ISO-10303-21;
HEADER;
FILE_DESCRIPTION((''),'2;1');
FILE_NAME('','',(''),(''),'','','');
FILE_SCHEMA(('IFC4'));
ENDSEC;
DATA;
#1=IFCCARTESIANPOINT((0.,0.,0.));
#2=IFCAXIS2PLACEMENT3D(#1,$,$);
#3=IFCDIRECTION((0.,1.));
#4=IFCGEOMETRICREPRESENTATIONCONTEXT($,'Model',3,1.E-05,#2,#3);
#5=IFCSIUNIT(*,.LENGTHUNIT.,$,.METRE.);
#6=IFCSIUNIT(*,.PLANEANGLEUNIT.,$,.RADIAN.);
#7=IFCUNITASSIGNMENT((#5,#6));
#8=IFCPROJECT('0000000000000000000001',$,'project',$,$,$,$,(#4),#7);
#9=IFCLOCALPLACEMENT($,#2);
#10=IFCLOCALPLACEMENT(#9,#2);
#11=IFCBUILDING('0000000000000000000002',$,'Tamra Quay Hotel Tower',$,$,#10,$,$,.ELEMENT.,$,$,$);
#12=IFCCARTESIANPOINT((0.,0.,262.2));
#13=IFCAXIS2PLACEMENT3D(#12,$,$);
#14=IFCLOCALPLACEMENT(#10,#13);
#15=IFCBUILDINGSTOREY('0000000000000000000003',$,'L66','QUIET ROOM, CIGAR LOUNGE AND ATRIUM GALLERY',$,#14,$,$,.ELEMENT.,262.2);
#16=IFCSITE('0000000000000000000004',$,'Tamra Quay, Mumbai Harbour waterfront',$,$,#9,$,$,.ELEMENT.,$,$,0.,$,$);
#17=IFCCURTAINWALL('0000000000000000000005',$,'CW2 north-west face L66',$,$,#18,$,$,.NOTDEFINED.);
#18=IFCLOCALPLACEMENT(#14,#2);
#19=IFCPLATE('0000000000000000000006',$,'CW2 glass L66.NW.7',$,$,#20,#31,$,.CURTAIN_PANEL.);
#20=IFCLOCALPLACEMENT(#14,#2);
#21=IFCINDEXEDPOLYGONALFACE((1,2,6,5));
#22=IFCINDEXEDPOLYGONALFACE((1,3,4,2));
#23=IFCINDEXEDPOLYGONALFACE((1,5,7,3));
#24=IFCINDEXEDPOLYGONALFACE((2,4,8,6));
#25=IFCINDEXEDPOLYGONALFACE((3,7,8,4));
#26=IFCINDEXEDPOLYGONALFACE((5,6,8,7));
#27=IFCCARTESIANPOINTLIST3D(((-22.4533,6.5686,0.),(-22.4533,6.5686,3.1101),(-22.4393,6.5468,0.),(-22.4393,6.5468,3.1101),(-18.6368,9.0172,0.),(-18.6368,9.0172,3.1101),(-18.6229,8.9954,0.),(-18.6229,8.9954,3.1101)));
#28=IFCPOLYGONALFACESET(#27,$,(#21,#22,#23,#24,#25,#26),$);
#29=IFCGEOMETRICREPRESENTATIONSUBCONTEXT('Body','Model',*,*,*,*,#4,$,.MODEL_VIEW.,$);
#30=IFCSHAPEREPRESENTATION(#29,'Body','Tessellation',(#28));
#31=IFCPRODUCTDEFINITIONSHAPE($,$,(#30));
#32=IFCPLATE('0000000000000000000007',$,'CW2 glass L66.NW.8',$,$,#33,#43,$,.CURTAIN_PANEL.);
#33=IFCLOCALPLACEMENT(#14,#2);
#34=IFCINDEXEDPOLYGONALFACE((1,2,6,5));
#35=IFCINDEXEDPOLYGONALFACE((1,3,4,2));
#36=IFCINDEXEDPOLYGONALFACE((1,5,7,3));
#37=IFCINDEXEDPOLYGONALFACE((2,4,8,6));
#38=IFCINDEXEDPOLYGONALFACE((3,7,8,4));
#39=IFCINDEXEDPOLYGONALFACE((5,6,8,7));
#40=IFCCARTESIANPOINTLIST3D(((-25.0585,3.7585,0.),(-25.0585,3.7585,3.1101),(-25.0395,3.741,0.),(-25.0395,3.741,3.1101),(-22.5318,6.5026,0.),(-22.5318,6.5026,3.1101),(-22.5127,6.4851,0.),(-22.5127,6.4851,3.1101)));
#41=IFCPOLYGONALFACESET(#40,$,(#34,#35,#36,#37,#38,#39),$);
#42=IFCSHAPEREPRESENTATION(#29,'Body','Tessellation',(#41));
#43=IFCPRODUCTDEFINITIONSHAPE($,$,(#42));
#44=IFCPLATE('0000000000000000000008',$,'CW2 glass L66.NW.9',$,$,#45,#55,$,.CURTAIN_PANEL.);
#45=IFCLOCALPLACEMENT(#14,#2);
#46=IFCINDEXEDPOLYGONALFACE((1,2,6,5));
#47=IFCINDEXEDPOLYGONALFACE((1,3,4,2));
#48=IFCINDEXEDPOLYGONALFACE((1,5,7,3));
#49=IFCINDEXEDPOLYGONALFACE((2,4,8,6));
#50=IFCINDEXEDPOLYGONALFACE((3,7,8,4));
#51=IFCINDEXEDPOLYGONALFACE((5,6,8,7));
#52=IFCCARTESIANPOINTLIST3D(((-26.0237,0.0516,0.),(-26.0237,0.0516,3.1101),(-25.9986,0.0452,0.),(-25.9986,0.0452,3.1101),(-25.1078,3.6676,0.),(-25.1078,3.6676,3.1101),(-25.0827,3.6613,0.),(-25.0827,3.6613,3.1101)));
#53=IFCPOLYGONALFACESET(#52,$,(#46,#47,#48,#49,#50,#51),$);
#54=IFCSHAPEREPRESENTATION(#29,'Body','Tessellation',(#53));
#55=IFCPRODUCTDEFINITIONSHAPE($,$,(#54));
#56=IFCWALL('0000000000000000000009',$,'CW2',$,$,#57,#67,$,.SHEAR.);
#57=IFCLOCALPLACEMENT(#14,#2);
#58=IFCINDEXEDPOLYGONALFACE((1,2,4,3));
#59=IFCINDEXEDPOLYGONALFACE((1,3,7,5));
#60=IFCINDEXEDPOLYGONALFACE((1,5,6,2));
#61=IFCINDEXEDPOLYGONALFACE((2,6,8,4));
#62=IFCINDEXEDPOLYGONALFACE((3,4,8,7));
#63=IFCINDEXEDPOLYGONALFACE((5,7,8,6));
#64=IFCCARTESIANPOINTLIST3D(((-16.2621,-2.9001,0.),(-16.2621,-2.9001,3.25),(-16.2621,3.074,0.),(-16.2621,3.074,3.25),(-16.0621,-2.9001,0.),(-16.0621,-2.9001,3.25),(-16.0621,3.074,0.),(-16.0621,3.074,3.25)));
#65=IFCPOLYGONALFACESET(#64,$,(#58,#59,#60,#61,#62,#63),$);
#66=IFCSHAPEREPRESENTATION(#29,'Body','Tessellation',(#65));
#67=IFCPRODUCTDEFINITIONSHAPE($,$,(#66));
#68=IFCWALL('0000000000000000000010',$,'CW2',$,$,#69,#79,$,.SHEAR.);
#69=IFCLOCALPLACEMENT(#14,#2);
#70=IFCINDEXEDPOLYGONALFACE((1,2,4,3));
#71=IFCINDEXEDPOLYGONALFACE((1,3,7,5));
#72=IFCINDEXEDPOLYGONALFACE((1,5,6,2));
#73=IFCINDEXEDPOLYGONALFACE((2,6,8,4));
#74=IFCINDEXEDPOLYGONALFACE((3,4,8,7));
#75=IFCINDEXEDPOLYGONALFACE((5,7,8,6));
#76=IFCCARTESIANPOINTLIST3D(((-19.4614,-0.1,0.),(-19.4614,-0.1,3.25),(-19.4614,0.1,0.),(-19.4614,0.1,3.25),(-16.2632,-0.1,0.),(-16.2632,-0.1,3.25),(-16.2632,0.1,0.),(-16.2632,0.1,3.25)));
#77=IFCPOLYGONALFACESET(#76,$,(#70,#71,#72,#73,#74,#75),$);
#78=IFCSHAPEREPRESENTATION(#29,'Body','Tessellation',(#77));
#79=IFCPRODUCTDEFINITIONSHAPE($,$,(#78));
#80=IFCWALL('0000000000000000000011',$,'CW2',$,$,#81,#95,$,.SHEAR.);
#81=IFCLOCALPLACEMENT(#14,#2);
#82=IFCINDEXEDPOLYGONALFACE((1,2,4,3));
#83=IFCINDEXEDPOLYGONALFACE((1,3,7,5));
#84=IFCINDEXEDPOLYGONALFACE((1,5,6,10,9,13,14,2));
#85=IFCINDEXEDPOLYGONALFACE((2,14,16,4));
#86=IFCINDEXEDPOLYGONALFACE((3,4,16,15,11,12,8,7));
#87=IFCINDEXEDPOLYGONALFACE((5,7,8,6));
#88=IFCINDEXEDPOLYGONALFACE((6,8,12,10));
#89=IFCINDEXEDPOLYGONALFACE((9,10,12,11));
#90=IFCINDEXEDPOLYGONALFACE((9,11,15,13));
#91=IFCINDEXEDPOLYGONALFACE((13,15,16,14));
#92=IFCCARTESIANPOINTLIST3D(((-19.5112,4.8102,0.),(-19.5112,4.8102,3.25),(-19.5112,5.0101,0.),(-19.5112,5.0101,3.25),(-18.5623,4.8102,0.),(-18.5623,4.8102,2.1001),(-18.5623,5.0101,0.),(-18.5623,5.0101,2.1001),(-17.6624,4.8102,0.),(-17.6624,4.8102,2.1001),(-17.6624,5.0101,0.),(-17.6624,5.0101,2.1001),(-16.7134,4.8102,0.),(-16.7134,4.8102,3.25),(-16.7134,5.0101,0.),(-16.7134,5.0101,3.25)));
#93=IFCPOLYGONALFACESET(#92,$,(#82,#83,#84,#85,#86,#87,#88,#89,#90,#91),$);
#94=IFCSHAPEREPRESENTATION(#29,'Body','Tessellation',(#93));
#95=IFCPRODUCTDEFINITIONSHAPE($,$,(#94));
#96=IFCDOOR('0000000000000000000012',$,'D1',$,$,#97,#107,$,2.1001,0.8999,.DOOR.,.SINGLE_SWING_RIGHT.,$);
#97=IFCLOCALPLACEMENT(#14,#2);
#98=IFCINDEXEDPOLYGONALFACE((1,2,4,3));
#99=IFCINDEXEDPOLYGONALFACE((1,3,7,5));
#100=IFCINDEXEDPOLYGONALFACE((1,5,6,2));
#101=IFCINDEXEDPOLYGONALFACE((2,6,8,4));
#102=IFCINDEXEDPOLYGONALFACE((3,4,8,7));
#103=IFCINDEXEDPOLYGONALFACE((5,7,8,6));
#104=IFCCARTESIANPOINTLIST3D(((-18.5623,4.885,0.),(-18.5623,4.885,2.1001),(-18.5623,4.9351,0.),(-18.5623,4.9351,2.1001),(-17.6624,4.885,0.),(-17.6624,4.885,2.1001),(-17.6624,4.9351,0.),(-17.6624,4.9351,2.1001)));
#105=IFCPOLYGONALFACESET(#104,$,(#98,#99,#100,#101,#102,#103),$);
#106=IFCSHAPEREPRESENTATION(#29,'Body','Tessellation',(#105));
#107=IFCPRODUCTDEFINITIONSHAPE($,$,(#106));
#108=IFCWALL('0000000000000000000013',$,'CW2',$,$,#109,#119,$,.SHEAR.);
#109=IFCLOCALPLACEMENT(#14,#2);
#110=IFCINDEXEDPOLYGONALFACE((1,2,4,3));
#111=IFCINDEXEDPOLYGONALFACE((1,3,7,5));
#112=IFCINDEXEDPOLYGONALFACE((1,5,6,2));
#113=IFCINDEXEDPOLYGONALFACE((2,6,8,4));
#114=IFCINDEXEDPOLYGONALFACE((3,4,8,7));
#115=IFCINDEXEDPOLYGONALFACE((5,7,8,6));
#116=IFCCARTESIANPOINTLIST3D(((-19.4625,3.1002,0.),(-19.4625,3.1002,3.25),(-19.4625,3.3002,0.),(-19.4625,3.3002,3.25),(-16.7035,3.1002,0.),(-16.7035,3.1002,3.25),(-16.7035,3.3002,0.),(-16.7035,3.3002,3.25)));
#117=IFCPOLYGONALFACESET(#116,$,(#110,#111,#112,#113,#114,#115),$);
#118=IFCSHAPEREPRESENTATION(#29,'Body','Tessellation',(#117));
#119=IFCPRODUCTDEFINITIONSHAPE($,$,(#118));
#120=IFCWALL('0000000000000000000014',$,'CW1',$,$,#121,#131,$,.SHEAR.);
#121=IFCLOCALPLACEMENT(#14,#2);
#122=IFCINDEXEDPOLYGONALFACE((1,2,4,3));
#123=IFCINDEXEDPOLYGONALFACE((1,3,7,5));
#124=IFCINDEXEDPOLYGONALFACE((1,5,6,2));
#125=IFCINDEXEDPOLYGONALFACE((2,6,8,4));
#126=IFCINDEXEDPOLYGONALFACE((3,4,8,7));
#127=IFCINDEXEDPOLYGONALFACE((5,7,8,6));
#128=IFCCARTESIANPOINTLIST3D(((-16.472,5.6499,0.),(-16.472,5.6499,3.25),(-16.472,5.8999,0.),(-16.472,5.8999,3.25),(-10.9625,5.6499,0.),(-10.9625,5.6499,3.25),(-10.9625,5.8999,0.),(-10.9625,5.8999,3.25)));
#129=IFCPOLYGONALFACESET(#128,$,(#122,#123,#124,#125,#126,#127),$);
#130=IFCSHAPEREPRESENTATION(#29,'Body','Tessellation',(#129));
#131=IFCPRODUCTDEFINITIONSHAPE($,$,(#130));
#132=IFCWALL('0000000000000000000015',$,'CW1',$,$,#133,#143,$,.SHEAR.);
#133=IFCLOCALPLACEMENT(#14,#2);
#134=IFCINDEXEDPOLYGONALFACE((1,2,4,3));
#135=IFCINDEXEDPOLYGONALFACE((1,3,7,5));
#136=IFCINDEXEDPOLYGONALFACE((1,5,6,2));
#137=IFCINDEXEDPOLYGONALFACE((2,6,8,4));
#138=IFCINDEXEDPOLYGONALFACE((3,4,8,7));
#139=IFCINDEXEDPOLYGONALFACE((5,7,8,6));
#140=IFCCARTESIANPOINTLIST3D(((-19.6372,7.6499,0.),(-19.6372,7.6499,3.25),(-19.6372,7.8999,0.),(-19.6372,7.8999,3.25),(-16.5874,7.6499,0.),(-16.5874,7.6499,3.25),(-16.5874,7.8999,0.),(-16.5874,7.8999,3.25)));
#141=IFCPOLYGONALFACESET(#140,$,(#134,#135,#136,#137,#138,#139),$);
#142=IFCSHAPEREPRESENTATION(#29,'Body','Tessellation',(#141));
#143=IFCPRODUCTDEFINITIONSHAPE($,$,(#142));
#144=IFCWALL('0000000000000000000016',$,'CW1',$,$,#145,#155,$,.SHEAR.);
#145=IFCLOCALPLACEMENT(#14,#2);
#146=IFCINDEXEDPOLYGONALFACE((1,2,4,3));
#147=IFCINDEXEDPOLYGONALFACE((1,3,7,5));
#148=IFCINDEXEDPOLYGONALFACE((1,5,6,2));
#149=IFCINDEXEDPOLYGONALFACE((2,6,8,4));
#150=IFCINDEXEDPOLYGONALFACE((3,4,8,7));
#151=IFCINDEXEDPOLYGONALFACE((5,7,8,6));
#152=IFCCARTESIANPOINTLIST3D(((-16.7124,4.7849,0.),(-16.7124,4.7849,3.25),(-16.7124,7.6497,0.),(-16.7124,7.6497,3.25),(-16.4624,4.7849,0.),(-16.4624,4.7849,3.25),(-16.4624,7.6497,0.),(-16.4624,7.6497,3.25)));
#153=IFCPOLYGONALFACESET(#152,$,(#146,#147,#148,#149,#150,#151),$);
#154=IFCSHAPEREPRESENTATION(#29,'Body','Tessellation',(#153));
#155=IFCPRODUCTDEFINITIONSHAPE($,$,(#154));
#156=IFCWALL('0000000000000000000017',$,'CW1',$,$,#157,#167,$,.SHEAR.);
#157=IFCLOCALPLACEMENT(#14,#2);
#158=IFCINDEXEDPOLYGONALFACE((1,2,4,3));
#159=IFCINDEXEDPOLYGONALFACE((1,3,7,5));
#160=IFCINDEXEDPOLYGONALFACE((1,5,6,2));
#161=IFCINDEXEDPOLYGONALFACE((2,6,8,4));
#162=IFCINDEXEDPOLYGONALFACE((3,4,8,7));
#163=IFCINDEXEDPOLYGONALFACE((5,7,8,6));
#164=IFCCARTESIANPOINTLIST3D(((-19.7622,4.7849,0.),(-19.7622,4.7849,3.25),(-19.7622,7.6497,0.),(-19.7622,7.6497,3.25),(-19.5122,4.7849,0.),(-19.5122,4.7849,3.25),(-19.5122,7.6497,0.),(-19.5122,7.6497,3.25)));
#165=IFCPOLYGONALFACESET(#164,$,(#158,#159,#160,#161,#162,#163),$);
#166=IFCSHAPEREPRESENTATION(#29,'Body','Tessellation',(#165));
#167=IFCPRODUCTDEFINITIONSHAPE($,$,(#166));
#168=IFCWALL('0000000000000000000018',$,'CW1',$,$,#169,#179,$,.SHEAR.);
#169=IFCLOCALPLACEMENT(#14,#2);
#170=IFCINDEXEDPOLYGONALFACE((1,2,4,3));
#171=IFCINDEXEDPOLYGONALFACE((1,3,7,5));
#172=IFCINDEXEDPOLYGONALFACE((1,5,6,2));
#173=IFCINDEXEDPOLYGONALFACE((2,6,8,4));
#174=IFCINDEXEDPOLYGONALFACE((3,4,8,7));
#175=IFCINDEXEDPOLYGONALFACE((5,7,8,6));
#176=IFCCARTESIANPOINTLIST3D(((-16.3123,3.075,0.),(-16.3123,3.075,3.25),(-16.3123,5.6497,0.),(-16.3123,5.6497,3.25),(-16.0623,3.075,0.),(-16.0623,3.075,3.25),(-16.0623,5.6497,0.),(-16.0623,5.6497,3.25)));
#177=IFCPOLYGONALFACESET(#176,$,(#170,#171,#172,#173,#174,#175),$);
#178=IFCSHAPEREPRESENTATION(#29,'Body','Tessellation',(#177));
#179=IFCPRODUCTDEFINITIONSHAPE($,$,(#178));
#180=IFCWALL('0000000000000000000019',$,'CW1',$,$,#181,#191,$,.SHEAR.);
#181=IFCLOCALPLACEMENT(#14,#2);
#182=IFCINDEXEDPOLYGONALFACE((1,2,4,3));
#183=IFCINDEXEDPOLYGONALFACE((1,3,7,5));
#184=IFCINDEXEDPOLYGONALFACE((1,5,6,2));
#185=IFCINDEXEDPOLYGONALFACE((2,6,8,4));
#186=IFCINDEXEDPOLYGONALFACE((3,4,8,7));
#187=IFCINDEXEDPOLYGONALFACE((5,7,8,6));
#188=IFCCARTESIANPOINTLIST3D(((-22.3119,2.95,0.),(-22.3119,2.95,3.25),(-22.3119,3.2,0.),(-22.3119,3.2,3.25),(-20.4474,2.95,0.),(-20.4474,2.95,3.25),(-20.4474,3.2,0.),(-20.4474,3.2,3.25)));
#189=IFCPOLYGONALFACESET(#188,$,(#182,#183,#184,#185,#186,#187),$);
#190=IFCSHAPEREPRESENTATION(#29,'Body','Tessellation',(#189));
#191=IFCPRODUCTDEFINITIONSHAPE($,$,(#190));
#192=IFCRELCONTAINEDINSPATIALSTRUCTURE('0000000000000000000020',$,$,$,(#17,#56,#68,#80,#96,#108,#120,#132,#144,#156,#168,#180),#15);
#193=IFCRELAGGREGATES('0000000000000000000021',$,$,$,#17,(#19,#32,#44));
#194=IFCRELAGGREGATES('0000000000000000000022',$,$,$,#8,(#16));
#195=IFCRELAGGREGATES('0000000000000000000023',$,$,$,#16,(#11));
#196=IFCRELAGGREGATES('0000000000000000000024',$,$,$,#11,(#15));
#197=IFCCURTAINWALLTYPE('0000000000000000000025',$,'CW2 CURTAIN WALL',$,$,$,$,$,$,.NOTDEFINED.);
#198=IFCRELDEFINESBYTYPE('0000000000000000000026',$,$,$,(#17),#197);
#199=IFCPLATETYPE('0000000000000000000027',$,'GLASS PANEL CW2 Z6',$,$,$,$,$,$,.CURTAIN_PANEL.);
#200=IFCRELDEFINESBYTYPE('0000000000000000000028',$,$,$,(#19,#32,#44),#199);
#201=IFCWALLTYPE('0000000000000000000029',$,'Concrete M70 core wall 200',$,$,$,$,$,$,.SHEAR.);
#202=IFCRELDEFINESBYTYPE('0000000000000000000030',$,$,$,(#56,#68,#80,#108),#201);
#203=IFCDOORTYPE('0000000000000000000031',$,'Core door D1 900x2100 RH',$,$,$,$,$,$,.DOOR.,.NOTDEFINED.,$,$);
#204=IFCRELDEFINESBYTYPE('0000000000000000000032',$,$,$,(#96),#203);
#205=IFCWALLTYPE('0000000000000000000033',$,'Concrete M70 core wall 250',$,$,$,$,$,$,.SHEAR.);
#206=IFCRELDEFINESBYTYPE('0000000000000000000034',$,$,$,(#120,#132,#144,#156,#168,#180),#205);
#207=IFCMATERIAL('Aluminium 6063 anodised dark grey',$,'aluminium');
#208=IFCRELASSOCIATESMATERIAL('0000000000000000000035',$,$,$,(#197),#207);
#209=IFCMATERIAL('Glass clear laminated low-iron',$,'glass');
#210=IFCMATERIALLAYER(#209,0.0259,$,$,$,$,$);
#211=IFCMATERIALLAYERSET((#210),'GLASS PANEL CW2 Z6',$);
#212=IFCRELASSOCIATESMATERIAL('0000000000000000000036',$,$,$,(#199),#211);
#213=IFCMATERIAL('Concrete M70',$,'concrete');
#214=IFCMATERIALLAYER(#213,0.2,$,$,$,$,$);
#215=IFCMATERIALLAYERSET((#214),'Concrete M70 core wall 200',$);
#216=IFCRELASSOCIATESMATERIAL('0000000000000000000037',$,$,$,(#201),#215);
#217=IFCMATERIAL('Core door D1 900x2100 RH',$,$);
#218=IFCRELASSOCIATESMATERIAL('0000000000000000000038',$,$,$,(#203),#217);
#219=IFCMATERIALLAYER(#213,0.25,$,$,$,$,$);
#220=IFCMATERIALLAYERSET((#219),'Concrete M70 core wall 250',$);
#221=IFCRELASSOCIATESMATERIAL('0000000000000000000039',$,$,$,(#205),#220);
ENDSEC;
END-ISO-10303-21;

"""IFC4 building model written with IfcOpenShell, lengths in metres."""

from ifc_helpers import new_model, si_unit, direction, frame, frame_2d, origin, origin_2d, place, context, subcontext, project, spatial, rectangle, extrude, material, layer, layer_set, type_object, element, fill, aggregate, save


model = new_model("IFC4")

# Units and contexts
model_context = context("Model", 3, precision=1e-05, world=origin(), true_north=direction((0.0, 1.0)))
body_context = subcontext(model_context, "Body", "Model", "MODEL_VIEW")
ifc_project = project(units=[si_unit("LENGTHUNIT", "METRE"), si_unit("PLANEANGLEUNIT", "RADIAN")], contexts=[model_context])

# Site, building, storey
site_placement = place(None, origin())
site = spatial("IfcSite", under=ifc_project, at=site_placement, Name="Tamra Quay, Mumbai Harbour waterfront", CompositionType="ELEMENT", RefElevation=0.0)
building_placement = place(site_placement, origin())
building = spatial("IfcBuilding", under=site, at=building_placement, Name="Tamra Quay Hotel Tower", CompositionType="ELEMENT")
storey_placement = place(building_placement, frame((0.0, 0.0, 262.2)))
storey = spatial("IfcBuildingStorey", under=building, at=storey_placement, Name="L66", Description="QUIET ROOM, CIGAR LOUNGE AND ATRIUM GALLERY", CompositionType="ELEMENT", Elevation=262.2)

# Shared definitions
ifc_material_1 = material(Name="Concrete M70", Category="concrete")

# Curtain wall, plates
ifc_material_2 = material(Name="Aluminium 6063 anodised dark grey", Category="aluminium")
curtain_wall_type = type_object("IfcCurtainWallType", Name="CW2 CURTAIN WALL", PredefinedType="NOTDEFINED", material=ifc_material_2)
curtain_wall_placement = place(storey_placement, origin())
curtain_wall = element("IfcCurtainWall", 1, at=curtain_wall_placement, inside=storey, type_object=curtain_wall_type, Name="CW2 north-west face L66", PredefinedType="NOTDEFINED")
ifc_material_3 = material(Name="Glass clear laminated low-iron", Category="glass")
ifc_layer_1 = layer(ifc_material_3, 0.0259)
ifc_layer_set_1 = layer_set([ifc_layer_1], Name="GLASS PANEL CW2 Z6")
plate_type = type_object("IfcPlateType", Name="GLASS PANEL CW2 Z6", PredefinedType="CURTAIN_PANEL", material=ifc_layer_set_1)
plate_1_placement = place(storey_placement, frame((-20.5381, 7.782, 0.0), z_axis=(0.0, 0.0, 1.0), x_axis=(-0.841665, -0.54, 0.0)))
plate_1 = element("IfcPlate", 2, at=plate_1_placement, type_object=plate_type, Name="CW2 glass L66.NW.7", PredefinedType="CURTAIN_PANEL", context=body_context, shape_type="SweptSolid", body=[
    extrude(rectangle(XDim=4.5344, YDim=0.0259, at=origin_2d()), origin(), (0.0, 0.0, 1.0), 3.1101),
])
plate_2_placement = place(storey_placement, frame((-23.7856, 5.1218, 0.0), z_axis=(0.0, 0.0, 1.0), x_axis=(-0.677376, -0.735637, 0.0)))
plate_2 = element("IfcPlate", 3, at=plate_2_placement, type_object=plate_type, Name="CW2 glass L66.NW.8", PredefinedType="CURTAIN_PANEL", context=body_context, shape_type="SweptSolid", body=[
    extrude(rectangle(XDim=3.7302, YDim=0.0259, at=origin_2d()), origin(), (0.0, 0.0, 1.0), 3.1101),
])
plate_3_placement = place(storey_placement, frame((-25.5532, 1.8564, 0.0), z_axis=(0.0, 0.0, 1.0), x_axis=(-0.245527, -0.96939, 0.0)))
plate_3 = element("IfcPlate", 4, at=plate_3_placement, type_object=plate_type, Name="CW2 glass L66.NW.9", PredefinedType="CURTAIN_PANEL", context=body_context, shape_type="SweptSolid", body=[
    extrude(rectangle(XDim=3.7302, YDim=0.0259, at=origin_2d()), origin(), (0.0, 0.0, 1.0), 3.1101),
])
aggregate(curtain_wall, [plate_1, plate_2, plate_3])

# Walls
ifc_layer_2 = layer(ifc_material_1, 0.2)
ifc_layer_set_2 = layer_set([ifc_layer_2], Name="Concrete M70 core wall 200")
wall_type_1 = type_object("IfcWallType", Name="Concrete M70 core wall 200", PredefinedType="SHEAR", material=ifc_layer_set_2)
wall_1_placement = place(storey_placement, frame((-16.1621, 3.074, 0.0), z_axis=(0.0, 0.0, 1.0), x_axis=(0.0, -1.0, 0.0)))
element("IfcWall", 5, at=wall_1_placement, inside=storey, type_object=wall_type_1, Name="CW2", PredefinedType="SHEAR", context=body_context, shape_type="SweptSolid", body=[
    extrude(rectangle(XDim=5.9741, YDim=0.2, at=frame_2d((2.9871, 0.0))), origin(), (0.0, 0.0, 1.0), 3.25),
])
wall_2_placement = place(storey_placement, frame((-16.2632, 0.0, 0.0), z_axis=(0.0, 0.0, 1.0), x_axis=(-1.0, 0.0, 0.0)))
element("IfcWall", 6, at=wall_2_placement, inside=storey, type_object=wall_type_1, Name="CW2", PredefinedType="SHEAR", context=body_context, shape_type="SweptSolid", body=[
    extrude(rectangle(XDim=3.1982, YDim=0.2, at=frame_2d((1.5991, 0.0))), origin(), (0.0, 0.0, 1.0), 3.25),
])

# Wall, opening, door
wall_3_placement = place(storey_placement, frame((-19.5112, 4.9102, 0.0), z_axis=(0.0, 0.0, 1.0), x_axis=(1.0, 0.0, 0.0)))
wall_3 = element("IfcWall", 7, at=wall_3_placement, inside=storey, type_object=wall_type_1, Name="CW2", PredefinedType="SHEAR", context=body_context, shape_type="SweptSolid", body=[
    extrude(rectangle(XDim=2.7979, YDim=0.2, at=frame_2d((1.3989, 0.0))), origin(), (0.0, 0.0, 1.0), 3.25),
])
opening_placement = place(wall_3_placement, frame((0.949, 0.0, 0.0)))
opening = element("IfcOpeningElement", 8, at=opening_placement, cuts=wall_3, PredefinedType="OPENING", context=body_context, shape_type="SweptSolid", body=[
    extrude(rectangle(XDim=0.8999, YDim=2.1001, at=frame_2d((0.45, 1.05))), frame((0.0, 0.1099, 0.0), z_axis=(0.0, -1.0, 0.0), x_axis=(1.0, 0.0, 0.0)), (0.0, 0.0, 1.0), 0.22),
])
ifc_material_4 = material(Name="Core door D1 900x2100 RH")
door_type = type_object("IfcDoorType", Name="Core door D1 900x2100 RH", OperationType="NOTDEFINED", PredefinedType="DOOR", material=ifc_material_4)
door_placement = place(opening_placement, origin())
door = element("IfcDoor", 9, at=door_placement, inside=storey, type_object=door_type, Name="D1", OperationType="SINGLE_SWING_RIGHT", OverallHeight=2.1001, OverallWidth=0.8999, PredefinedType="DOOR", context=body_context, shape_type="SweptSolid", body=[
    extrude(rectangle(XDim=0.8999, YDim=2.1001, at=frame_2d((0.45, 1.05))), frame((0.0, 0.0249, 0.0), z_axis=(0.0, -1.0, 0.0), x_axis=(1.0, 0.0, 0.0)), (0.0, 0.0, 1.0), 0.05),
])
fill(opening, door)

# Walls
wall_4_placement = place(storey_placement, frame((-19.4624, 3.2002, 0.0), z_axis=(0.0, 0.0, 1.0), x_axis=(1.0, 0.0, 0.0)))
element("IfcWall", 10, at=wall_4_placement, inside=storey, type_object=wall_type_1, Name="CW2", PredefinedType="SHEAR", context=body_context, shape_type="SweptSolid", body=[
    extrude(rectangle(XDim=2.759, YDim=0.2, at=frame_2d((1.3794, 0.0))), origin(), (0.0, 0.0, 1.0), 3.25),
])
ifc_layer_3 = layer(ifc_material_1, 0.25)
ifc_layer_set_3 = layer_set([ifc_layer_3], Name="Concrete M70 core wall 250")
wall_type_2 = type_object("IfcWallType", Name="Concrete M70 core wall 250", PredefinedType="SHEAR", material=ifc_layer_set_3)
wall_5_placement = place(storey_placement, frame((-16.4722, 5.7749, 0.0), z_axis=(0.0, 0.0, 1.0), x_axis=(1.0, 0.0, 0.0)))
element("IfcWall", 11, at=wall_5_placement, inside=storey, type_object=wall_type_2, Name="CW1", PredefinedType="SHEAR", context=body_context, shape_type="SweptSolid", body=[
    extrude(rectangle(XDim=5.5095, YDim=0.25, at=frame_2d((2.7549, 0.0))), origin(), (0.0, 0.0, 1.0), 3.25),
])
wall_6_placement = place(storey_placement, frame((-19.6372, 7.7749, 0.0), z_axis=(0.0, 0.0, 1.0), x_axis=(1.0, 0.0, 0.0)))
element("IfcWall", 12, at=wall_6_placement, inside=storey, type_object=wall_type_2, Name="CW1", PredefinedType="SHEAR", context=body_context, shape_type="SweptSolid", body=[
    extrude(rectangle(XDim=3.0498, YDim=0.25, at=frame_2d((1.5249, 0.0))), origin(), (0.0, 0.0, 1.0), 3.25),
])
for number, where, z_axis, x_axis, name in (
    (13, (-16.5874, 7.6497, 0.0), (0.0, 0.0, 1.0), (0.0, -1.0, 0.0), "CW1"),
    (14, (-19.6372, 4.7849, 0.0), (0.0, 0.0, 1.0), (0.0, 1.0, 0.0), "CW1"),
):
    element("IfcWall", number, at=place(storey_placement, frame(where, z_axis=z_axis, x_axis=x_axis)), inside=storey, type_object=wall_type_2, Name=name, PredefinedType="SHEAR", context=body_context, shape_type="SweptSolid", body=[
        extrude(rectangle(XDim=2.8647, YDim=0.25, at=frame_2d((1.4324, 0.0))), origin(), (0.0, 0.0, 1.0), 3.25),
    ])
wall_7_placement = place(storey_placement, frame((-16.1873, 3.075, 0.0), z_axis=(0.0, 0.0, 1.0), x_axis=(0.0, 1.0, 0.0)))
element("IfcWall", 15, at=wall_7_placement, inside=storey, type_object=wall_type_2, Name="CW1", PredefinedType="SHEAR", context=body_context, shape_type="SweptSolid", body=[
    extrude(rectangle(XDim=2.5747, YDim=0.25, at=frame_2d((1.2874, 0.0))), origin(), (0.0, 0.0, 1.0), 3.25),
])
wall_8_placement = place(storey_placement, frame((-22.3118, 3.075, 0.0), z_axis=(0.0, 0.0, 1.0), x_axis=(1.0, 0.0, 0.0)))
element("IfcWall", 16, at=wall_8_placement, inside=storey, type_object=wall_type_2, Name="CW1", PredefinedType="SHEAR", context=body_context, shape_type="SweptSolid", body=[
    extrude(rectangle(XDim=1.8645, YDim=0.25, at=frame_2d((0.9321, 0.0))), origin(), (0.0, 0.0, 1.0), 3.25),
])

save(model, "model.ifc")
